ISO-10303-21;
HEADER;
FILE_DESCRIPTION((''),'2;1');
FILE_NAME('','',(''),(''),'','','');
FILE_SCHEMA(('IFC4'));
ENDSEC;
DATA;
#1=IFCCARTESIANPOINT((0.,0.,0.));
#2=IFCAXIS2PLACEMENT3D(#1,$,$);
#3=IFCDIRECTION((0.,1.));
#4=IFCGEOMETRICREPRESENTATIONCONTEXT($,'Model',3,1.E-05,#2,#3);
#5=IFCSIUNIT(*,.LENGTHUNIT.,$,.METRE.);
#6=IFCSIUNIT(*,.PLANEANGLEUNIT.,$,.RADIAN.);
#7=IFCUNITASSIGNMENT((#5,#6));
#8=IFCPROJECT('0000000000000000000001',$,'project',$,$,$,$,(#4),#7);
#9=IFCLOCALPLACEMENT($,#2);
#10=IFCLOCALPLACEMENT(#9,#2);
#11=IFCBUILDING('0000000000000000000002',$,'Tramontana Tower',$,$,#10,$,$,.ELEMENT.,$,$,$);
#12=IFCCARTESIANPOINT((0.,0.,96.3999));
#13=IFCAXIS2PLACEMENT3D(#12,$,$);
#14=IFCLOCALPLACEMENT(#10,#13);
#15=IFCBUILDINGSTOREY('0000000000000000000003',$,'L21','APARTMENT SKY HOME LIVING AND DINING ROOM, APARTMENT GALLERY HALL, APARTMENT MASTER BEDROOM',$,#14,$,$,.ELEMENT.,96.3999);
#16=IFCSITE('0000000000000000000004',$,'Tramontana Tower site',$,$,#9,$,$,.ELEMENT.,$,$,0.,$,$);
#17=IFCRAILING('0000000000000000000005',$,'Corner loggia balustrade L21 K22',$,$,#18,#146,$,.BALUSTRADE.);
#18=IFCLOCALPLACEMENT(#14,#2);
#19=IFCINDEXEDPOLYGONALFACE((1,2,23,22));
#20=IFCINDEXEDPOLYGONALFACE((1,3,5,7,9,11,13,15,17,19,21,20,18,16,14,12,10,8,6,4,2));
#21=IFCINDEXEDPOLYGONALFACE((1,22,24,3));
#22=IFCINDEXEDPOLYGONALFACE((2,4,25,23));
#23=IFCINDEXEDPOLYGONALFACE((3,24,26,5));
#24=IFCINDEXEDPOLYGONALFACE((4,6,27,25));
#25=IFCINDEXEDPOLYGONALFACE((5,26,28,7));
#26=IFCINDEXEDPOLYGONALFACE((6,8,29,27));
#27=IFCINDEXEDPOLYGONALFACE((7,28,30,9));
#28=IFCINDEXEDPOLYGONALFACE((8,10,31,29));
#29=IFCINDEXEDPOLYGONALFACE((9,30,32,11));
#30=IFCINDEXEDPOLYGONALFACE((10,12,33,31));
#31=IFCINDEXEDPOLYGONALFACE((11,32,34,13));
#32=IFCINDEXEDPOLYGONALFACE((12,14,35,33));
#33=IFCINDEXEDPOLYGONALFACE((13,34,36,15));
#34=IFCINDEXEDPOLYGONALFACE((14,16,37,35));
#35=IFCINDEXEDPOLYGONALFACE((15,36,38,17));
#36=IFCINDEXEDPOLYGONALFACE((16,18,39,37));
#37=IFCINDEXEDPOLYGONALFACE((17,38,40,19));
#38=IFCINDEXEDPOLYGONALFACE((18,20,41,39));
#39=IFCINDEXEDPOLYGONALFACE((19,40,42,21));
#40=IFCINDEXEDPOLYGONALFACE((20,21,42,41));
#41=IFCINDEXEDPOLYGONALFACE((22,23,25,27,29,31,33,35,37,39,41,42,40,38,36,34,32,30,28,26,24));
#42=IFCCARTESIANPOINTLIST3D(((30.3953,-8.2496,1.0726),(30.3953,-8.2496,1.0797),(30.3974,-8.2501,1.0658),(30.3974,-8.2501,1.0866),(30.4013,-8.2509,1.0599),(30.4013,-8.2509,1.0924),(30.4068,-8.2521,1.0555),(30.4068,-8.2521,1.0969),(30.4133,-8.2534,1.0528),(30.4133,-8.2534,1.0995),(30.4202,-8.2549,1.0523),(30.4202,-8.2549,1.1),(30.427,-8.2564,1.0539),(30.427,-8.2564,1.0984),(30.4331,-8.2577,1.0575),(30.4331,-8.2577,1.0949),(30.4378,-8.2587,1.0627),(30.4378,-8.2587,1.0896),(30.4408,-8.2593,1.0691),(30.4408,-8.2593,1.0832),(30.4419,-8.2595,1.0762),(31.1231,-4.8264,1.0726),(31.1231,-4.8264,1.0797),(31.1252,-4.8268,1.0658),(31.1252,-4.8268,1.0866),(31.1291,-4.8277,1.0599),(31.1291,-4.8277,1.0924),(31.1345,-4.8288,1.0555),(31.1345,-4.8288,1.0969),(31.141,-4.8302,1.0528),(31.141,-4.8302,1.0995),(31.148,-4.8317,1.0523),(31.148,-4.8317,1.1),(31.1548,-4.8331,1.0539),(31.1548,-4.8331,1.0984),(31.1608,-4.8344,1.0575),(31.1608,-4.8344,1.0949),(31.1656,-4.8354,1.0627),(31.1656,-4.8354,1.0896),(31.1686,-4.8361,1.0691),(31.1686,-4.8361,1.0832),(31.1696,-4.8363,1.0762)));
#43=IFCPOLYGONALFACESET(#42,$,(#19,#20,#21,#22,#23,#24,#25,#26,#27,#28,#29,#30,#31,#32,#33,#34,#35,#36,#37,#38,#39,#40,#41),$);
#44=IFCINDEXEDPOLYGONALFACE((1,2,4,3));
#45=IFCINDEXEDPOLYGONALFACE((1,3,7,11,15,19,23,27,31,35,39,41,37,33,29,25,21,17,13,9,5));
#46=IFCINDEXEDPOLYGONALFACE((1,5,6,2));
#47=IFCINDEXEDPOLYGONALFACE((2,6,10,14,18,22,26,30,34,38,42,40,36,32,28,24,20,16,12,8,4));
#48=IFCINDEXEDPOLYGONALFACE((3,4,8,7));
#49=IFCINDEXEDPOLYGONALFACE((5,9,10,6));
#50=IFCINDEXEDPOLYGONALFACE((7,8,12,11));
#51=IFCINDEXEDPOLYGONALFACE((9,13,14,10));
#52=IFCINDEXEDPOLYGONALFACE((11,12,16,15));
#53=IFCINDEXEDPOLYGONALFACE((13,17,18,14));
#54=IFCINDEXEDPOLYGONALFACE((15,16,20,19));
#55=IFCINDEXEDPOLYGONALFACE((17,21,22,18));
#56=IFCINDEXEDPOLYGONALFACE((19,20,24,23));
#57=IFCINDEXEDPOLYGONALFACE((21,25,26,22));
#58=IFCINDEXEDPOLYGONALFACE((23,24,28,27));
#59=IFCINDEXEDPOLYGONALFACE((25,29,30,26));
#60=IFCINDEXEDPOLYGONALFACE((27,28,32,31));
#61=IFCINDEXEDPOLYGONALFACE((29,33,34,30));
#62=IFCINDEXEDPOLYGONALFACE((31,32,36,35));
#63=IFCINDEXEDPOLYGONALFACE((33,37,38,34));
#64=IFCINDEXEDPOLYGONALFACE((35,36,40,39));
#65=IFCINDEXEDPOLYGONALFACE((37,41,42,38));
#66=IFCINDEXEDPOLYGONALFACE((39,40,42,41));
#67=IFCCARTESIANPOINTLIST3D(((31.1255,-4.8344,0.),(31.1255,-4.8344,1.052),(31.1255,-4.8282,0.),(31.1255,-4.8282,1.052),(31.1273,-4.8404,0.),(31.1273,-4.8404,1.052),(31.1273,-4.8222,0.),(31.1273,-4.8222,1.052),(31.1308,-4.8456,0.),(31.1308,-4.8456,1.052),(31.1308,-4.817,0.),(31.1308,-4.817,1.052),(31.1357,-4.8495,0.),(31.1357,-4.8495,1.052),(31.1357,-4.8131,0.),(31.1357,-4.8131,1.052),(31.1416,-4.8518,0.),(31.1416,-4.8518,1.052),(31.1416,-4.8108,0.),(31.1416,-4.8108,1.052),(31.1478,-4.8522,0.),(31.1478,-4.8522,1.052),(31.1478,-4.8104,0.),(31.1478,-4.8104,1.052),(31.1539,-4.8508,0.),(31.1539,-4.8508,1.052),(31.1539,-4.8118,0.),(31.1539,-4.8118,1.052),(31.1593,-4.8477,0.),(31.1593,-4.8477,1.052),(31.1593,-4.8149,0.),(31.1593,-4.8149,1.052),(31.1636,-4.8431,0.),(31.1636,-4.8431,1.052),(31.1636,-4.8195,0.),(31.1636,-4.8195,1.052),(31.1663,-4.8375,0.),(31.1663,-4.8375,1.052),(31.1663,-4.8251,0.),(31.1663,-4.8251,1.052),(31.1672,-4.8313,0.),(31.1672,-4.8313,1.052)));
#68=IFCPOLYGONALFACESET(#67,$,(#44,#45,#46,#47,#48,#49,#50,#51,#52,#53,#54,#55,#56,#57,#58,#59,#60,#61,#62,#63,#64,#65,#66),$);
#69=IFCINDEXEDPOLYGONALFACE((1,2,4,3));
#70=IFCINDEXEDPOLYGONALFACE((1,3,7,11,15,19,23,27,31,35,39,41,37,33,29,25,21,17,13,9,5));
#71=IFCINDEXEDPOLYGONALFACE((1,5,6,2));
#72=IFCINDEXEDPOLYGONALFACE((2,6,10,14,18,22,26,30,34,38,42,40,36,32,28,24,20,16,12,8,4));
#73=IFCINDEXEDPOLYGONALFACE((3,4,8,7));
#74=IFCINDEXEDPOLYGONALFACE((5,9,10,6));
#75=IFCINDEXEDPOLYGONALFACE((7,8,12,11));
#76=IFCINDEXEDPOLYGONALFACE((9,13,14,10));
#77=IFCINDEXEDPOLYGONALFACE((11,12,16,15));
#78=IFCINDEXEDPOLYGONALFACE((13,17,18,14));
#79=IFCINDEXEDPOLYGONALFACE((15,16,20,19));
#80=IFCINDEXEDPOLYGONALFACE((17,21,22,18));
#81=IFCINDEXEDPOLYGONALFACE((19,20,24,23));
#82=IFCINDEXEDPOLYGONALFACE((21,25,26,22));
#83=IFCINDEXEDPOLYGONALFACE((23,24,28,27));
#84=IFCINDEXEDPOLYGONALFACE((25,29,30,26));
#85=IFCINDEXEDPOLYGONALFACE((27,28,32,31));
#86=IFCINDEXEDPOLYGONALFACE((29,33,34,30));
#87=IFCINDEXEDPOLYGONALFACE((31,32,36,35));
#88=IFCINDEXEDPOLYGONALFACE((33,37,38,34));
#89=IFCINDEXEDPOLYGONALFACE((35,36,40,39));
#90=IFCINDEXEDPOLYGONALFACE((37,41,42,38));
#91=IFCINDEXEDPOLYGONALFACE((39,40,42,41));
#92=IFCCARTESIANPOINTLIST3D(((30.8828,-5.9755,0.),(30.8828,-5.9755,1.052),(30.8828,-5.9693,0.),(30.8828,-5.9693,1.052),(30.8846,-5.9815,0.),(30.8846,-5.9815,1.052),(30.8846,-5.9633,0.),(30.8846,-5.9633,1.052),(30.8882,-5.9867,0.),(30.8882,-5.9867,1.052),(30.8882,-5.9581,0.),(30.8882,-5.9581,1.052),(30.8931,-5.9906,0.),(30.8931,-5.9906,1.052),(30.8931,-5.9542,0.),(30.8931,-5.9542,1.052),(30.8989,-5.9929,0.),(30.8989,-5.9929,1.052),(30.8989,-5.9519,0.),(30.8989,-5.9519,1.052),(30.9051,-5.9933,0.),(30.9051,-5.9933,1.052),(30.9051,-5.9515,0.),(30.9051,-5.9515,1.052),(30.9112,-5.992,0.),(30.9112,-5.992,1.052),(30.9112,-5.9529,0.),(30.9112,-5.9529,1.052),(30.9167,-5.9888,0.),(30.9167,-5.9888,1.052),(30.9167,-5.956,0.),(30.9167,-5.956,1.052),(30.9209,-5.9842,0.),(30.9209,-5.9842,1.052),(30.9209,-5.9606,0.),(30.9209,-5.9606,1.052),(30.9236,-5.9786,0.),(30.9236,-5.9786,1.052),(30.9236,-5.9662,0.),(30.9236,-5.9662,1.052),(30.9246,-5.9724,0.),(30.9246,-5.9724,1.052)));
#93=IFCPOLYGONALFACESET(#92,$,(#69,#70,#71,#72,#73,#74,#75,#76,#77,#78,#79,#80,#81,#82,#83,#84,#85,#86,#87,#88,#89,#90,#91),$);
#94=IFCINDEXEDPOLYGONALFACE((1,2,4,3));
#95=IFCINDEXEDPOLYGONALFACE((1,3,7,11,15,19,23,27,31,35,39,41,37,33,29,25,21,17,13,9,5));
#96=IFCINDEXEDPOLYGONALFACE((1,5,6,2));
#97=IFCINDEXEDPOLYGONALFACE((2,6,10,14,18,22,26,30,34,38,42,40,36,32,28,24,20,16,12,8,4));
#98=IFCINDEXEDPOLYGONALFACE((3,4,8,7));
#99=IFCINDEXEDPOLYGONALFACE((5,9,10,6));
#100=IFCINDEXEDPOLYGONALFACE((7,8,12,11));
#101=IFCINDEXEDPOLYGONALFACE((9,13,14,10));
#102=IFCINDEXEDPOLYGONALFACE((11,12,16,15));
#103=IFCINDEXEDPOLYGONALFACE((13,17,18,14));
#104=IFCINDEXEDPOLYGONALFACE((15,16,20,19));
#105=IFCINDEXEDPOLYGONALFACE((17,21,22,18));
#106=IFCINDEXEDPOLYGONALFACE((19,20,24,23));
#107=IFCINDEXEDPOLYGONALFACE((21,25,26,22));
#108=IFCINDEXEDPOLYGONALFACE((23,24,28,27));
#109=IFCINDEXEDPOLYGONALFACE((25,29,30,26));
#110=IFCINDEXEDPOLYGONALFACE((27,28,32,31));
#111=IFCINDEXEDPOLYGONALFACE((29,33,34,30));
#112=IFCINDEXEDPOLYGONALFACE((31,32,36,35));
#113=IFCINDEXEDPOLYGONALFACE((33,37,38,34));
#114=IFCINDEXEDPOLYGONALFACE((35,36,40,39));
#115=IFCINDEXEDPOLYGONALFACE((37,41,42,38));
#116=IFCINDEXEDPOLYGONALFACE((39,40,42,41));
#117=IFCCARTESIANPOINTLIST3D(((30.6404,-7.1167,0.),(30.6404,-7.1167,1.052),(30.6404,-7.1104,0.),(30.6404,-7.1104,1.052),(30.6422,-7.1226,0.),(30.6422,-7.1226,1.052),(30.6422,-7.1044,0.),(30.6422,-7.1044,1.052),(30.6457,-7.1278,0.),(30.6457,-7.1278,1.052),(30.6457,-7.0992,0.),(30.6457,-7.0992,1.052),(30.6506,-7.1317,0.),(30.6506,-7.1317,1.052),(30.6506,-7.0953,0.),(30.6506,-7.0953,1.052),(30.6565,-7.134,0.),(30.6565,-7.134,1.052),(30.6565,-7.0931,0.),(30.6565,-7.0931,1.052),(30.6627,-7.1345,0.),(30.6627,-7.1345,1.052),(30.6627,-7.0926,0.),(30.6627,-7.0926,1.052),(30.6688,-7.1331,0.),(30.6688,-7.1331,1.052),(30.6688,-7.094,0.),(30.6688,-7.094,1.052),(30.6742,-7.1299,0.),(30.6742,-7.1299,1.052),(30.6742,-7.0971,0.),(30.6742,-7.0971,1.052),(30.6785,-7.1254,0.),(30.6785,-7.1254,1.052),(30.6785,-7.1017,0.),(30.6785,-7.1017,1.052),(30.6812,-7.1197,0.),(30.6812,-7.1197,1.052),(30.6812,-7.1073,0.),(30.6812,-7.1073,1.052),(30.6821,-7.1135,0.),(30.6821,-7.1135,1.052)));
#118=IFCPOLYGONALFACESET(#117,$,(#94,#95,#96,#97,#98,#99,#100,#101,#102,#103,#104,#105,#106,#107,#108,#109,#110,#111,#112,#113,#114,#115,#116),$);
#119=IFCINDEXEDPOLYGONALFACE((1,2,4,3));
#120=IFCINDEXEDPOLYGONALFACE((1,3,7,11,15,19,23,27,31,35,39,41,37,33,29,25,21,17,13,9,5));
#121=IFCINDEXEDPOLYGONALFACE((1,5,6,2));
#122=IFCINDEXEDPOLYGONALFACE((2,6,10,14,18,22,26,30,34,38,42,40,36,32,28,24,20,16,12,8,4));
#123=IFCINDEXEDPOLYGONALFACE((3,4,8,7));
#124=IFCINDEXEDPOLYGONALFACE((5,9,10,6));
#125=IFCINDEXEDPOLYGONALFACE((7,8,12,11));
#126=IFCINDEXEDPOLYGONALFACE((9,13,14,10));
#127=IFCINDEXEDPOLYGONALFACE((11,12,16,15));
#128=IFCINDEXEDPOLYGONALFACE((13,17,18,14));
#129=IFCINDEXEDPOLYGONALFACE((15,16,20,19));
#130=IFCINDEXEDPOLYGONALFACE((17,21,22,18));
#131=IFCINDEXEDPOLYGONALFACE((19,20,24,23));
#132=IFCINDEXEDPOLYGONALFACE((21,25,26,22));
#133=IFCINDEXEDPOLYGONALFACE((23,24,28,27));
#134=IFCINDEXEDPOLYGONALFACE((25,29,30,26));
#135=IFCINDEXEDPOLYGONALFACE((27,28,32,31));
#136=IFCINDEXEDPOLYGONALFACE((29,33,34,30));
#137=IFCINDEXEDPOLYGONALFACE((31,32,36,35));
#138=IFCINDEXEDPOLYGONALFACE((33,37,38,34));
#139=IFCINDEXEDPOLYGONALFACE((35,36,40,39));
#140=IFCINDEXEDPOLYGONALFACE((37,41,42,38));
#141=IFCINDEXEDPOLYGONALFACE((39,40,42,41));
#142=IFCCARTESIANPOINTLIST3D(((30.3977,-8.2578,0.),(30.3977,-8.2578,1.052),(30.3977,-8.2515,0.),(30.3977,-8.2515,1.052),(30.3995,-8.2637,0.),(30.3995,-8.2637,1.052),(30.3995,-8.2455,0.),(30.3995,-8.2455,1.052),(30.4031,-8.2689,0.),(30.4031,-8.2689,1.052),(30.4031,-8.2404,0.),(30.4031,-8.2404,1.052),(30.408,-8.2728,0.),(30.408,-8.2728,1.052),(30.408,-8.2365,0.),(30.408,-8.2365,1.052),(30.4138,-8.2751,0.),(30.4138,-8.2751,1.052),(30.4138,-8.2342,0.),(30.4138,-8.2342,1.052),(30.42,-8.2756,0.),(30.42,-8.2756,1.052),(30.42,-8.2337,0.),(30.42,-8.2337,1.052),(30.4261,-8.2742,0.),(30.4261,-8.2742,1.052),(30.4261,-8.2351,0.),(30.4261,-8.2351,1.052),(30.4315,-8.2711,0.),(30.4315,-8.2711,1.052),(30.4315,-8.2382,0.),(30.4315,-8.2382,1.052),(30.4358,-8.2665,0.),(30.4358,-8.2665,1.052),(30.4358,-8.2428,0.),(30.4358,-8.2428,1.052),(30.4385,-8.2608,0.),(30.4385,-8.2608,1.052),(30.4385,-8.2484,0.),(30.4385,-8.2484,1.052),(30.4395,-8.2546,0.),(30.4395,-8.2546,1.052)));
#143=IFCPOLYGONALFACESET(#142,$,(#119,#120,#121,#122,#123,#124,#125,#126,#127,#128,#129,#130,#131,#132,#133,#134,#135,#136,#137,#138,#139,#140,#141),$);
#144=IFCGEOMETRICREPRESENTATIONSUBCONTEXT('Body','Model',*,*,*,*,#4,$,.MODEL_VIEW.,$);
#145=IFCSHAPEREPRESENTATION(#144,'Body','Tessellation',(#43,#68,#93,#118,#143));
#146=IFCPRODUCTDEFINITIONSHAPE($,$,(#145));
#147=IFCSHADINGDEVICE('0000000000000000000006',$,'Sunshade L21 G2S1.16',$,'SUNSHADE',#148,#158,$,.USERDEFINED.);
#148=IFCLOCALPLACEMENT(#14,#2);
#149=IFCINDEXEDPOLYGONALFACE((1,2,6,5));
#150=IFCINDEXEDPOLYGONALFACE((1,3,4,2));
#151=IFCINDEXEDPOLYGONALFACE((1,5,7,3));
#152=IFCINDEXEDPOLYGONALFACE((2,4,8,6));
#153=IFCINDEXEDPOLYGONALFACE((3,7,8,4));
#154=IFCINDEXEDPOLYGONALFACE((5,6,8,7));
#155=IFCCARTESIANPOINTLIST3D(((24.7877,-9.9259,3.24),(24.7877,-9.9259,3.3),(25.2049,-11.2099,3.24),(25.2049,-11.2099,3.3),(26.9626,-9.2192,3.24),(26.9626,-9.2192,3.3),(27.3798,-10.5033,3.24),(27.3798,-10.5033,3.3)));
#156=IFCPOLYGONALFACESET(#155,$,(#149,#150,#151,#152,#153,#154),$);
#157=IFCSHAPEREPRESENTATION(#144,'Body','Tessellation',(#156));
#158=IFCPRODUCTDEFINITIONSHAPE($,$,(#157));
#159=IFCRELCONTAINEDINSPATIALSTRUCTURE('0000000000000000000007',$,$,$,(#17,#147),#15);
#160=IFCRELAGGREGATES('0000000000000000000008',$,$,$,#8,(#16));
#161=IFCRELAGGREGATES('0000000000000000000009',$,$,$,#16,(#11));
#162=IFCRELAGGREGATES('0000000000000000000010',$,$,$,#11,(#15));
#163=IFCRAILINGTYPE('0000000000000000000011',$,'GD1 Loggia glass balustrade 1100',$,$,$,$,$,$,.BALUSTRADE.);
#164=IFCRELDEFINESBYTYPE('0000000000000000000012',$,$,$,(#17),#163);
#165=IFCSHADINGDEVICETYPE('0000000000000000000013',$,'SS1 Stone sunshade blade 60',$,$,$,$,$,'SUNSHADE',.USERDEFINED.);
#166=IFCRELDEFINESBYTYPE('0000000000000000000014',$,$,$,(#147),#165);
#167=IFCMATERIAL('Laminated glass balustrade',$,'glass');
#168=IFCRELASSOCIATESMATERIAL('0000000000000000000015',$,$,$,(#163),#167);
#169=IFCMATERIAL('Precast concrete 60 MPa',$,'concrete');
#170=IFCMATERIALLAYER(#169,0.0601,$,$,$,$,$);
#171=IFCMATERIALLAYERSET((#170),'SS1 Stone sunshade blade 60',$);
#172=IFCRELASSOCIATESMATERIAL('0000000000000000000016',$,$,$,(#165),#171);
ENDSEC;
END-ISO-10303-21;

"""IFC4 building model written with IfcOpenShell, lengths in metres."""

from ifc_helpers import new_model, si_unit, direction, frame, origin, origin_2d, place, context, subcontext, project, spatial, rectangle, circle, extrude, material, layer, layer_set, type_object, element, save


model = new_model("IFC4")

# Units and contexts
model_context = context("Model", 3, precision=1e-05, world=origin(), true_north=direction((0.0, 1.0)))
body_context = subcontext(model_context, "Body", "Model", "MODEL_VIEW")
ifc_project = project(units=[si_unit("LENGTHUNIT", "METRE"), si_unit("PLANEANGLEUNIT", "RADIAN")], contexts=[model_context])

# Site, building, storey
site_placement = place(None, origin())
site = spatial("IfcSite", under=ifc_project, at=site_placement, Name="Tramontana Tower site", CompositionType="ELEMENT", RefElevation=0.0)
building_placement = place(site_placement, origin())
building = spatial("IfcBuilding", under=site, at=building_placement, Name="Tramontana Tower", CompositionType="ELEMENT")
storey_placement = place(building_placement, frame((0.0, 0.0, 96.3999)))
storey = spatial("IfcBuildingStorey", under=building, at=storey_placement, Name="L21", Description="APARTMENT SKY HOME LIVING AND DINING ROOM, APARTMENT GALLERY HALL, APARTMENT MASTER BEDROOM", CompositionType="ELEMENT", Elevation=96.3999)

# Railing
ifc_material_1 = material(Name="Laminated glass balustrade", Category="glass")
railing_type = type_object("IfcRailingType", Name="GD1 Loggia glass balustrade 1100", PredefinedType="BALUSTRADE", material=ifc_material_1)
railing_1_placement = place(storey_placement, frame((31.1462, -4.8313, 0.0)))
element("IfcRailing", 1, at=railing_1_placement, inside=storey, type_object=railing_type, Name="Corner loggia balustrade L21 K22", PredefinedType="BALUSTRADE", context=body_context, shape_type="SweptSolid", body=[
    extrude(circle(Radius=0.0239, at=origin_2d()), frame((0.0, 0.0, 1.0762), z_axis=(-0.207947, -0.97814, 0.0), x_axis=(0.97814, -0.207947, 0.0)), (0.0, 0.0, 1.0), 3.4998),
    extrude(circle(Radius=0.021, at=origin_2d()), origin(), (0.0, 0.0, 1.0), 1.052),
    extrude(circle(Radius=0.021, at=origin_2d()), frame((-0.2427, -1.1411, 0.0)), (0.0, 0.0, 1.0), 1.052),
    extrude(circle(Radius=0.021, at=origin_2d()), frame((-0.4851, -2.2822, 0.0)), (0.0, 0.0, 1.0), 1.052),
    extrude(circle(Radius=0.021, at=origin_2d()), frame((-0.7278, -3.4233, 0.0)), (0.0, 0.0, 1.0), 1.052),
])

# Shading device
ifc_material_2 = material(Name="Precast concrete 60 MPa", Category="concrete")
ifc_layer_1 = layer(ifc_material_2, 0.0601)
ifc_layer_set_1 = layer_set([ifc_layer_1], Name="SS1 Stone sunshade blade 60")
shading_device_type = type_object("IfcShadingDeviceType", Name="SS1 Stone sunshade blade 60", ElementType="SUNSHADE", PredefinedType="USERDEFINED", material=ifc_layer_set_1)
shading_device_placement = place(storey_placement, frame((26.0837, -10.2146, 3.24), z_axis=(0.0, 0.0, 1.0), x_axis=(0.951057, 0.309017, 0.0)))
element("IfcShadingDevice", 2, at=shading_device_placement, inside=storey, type_object=shading_device_type, Name="Sunshade L21 G2S1.16", ObjectType="SUNSHADE", PredefinedType="USERDEFINED", context=body_context, shape_type="SweptSolid", body=[
    extrude(rectangle(XDim=2.2869, YDim=1.3501, at=origin_2d()), origin(), (0.0, 0.0, 1.0), 0.0601),
])

save(model, "model.ifc")
